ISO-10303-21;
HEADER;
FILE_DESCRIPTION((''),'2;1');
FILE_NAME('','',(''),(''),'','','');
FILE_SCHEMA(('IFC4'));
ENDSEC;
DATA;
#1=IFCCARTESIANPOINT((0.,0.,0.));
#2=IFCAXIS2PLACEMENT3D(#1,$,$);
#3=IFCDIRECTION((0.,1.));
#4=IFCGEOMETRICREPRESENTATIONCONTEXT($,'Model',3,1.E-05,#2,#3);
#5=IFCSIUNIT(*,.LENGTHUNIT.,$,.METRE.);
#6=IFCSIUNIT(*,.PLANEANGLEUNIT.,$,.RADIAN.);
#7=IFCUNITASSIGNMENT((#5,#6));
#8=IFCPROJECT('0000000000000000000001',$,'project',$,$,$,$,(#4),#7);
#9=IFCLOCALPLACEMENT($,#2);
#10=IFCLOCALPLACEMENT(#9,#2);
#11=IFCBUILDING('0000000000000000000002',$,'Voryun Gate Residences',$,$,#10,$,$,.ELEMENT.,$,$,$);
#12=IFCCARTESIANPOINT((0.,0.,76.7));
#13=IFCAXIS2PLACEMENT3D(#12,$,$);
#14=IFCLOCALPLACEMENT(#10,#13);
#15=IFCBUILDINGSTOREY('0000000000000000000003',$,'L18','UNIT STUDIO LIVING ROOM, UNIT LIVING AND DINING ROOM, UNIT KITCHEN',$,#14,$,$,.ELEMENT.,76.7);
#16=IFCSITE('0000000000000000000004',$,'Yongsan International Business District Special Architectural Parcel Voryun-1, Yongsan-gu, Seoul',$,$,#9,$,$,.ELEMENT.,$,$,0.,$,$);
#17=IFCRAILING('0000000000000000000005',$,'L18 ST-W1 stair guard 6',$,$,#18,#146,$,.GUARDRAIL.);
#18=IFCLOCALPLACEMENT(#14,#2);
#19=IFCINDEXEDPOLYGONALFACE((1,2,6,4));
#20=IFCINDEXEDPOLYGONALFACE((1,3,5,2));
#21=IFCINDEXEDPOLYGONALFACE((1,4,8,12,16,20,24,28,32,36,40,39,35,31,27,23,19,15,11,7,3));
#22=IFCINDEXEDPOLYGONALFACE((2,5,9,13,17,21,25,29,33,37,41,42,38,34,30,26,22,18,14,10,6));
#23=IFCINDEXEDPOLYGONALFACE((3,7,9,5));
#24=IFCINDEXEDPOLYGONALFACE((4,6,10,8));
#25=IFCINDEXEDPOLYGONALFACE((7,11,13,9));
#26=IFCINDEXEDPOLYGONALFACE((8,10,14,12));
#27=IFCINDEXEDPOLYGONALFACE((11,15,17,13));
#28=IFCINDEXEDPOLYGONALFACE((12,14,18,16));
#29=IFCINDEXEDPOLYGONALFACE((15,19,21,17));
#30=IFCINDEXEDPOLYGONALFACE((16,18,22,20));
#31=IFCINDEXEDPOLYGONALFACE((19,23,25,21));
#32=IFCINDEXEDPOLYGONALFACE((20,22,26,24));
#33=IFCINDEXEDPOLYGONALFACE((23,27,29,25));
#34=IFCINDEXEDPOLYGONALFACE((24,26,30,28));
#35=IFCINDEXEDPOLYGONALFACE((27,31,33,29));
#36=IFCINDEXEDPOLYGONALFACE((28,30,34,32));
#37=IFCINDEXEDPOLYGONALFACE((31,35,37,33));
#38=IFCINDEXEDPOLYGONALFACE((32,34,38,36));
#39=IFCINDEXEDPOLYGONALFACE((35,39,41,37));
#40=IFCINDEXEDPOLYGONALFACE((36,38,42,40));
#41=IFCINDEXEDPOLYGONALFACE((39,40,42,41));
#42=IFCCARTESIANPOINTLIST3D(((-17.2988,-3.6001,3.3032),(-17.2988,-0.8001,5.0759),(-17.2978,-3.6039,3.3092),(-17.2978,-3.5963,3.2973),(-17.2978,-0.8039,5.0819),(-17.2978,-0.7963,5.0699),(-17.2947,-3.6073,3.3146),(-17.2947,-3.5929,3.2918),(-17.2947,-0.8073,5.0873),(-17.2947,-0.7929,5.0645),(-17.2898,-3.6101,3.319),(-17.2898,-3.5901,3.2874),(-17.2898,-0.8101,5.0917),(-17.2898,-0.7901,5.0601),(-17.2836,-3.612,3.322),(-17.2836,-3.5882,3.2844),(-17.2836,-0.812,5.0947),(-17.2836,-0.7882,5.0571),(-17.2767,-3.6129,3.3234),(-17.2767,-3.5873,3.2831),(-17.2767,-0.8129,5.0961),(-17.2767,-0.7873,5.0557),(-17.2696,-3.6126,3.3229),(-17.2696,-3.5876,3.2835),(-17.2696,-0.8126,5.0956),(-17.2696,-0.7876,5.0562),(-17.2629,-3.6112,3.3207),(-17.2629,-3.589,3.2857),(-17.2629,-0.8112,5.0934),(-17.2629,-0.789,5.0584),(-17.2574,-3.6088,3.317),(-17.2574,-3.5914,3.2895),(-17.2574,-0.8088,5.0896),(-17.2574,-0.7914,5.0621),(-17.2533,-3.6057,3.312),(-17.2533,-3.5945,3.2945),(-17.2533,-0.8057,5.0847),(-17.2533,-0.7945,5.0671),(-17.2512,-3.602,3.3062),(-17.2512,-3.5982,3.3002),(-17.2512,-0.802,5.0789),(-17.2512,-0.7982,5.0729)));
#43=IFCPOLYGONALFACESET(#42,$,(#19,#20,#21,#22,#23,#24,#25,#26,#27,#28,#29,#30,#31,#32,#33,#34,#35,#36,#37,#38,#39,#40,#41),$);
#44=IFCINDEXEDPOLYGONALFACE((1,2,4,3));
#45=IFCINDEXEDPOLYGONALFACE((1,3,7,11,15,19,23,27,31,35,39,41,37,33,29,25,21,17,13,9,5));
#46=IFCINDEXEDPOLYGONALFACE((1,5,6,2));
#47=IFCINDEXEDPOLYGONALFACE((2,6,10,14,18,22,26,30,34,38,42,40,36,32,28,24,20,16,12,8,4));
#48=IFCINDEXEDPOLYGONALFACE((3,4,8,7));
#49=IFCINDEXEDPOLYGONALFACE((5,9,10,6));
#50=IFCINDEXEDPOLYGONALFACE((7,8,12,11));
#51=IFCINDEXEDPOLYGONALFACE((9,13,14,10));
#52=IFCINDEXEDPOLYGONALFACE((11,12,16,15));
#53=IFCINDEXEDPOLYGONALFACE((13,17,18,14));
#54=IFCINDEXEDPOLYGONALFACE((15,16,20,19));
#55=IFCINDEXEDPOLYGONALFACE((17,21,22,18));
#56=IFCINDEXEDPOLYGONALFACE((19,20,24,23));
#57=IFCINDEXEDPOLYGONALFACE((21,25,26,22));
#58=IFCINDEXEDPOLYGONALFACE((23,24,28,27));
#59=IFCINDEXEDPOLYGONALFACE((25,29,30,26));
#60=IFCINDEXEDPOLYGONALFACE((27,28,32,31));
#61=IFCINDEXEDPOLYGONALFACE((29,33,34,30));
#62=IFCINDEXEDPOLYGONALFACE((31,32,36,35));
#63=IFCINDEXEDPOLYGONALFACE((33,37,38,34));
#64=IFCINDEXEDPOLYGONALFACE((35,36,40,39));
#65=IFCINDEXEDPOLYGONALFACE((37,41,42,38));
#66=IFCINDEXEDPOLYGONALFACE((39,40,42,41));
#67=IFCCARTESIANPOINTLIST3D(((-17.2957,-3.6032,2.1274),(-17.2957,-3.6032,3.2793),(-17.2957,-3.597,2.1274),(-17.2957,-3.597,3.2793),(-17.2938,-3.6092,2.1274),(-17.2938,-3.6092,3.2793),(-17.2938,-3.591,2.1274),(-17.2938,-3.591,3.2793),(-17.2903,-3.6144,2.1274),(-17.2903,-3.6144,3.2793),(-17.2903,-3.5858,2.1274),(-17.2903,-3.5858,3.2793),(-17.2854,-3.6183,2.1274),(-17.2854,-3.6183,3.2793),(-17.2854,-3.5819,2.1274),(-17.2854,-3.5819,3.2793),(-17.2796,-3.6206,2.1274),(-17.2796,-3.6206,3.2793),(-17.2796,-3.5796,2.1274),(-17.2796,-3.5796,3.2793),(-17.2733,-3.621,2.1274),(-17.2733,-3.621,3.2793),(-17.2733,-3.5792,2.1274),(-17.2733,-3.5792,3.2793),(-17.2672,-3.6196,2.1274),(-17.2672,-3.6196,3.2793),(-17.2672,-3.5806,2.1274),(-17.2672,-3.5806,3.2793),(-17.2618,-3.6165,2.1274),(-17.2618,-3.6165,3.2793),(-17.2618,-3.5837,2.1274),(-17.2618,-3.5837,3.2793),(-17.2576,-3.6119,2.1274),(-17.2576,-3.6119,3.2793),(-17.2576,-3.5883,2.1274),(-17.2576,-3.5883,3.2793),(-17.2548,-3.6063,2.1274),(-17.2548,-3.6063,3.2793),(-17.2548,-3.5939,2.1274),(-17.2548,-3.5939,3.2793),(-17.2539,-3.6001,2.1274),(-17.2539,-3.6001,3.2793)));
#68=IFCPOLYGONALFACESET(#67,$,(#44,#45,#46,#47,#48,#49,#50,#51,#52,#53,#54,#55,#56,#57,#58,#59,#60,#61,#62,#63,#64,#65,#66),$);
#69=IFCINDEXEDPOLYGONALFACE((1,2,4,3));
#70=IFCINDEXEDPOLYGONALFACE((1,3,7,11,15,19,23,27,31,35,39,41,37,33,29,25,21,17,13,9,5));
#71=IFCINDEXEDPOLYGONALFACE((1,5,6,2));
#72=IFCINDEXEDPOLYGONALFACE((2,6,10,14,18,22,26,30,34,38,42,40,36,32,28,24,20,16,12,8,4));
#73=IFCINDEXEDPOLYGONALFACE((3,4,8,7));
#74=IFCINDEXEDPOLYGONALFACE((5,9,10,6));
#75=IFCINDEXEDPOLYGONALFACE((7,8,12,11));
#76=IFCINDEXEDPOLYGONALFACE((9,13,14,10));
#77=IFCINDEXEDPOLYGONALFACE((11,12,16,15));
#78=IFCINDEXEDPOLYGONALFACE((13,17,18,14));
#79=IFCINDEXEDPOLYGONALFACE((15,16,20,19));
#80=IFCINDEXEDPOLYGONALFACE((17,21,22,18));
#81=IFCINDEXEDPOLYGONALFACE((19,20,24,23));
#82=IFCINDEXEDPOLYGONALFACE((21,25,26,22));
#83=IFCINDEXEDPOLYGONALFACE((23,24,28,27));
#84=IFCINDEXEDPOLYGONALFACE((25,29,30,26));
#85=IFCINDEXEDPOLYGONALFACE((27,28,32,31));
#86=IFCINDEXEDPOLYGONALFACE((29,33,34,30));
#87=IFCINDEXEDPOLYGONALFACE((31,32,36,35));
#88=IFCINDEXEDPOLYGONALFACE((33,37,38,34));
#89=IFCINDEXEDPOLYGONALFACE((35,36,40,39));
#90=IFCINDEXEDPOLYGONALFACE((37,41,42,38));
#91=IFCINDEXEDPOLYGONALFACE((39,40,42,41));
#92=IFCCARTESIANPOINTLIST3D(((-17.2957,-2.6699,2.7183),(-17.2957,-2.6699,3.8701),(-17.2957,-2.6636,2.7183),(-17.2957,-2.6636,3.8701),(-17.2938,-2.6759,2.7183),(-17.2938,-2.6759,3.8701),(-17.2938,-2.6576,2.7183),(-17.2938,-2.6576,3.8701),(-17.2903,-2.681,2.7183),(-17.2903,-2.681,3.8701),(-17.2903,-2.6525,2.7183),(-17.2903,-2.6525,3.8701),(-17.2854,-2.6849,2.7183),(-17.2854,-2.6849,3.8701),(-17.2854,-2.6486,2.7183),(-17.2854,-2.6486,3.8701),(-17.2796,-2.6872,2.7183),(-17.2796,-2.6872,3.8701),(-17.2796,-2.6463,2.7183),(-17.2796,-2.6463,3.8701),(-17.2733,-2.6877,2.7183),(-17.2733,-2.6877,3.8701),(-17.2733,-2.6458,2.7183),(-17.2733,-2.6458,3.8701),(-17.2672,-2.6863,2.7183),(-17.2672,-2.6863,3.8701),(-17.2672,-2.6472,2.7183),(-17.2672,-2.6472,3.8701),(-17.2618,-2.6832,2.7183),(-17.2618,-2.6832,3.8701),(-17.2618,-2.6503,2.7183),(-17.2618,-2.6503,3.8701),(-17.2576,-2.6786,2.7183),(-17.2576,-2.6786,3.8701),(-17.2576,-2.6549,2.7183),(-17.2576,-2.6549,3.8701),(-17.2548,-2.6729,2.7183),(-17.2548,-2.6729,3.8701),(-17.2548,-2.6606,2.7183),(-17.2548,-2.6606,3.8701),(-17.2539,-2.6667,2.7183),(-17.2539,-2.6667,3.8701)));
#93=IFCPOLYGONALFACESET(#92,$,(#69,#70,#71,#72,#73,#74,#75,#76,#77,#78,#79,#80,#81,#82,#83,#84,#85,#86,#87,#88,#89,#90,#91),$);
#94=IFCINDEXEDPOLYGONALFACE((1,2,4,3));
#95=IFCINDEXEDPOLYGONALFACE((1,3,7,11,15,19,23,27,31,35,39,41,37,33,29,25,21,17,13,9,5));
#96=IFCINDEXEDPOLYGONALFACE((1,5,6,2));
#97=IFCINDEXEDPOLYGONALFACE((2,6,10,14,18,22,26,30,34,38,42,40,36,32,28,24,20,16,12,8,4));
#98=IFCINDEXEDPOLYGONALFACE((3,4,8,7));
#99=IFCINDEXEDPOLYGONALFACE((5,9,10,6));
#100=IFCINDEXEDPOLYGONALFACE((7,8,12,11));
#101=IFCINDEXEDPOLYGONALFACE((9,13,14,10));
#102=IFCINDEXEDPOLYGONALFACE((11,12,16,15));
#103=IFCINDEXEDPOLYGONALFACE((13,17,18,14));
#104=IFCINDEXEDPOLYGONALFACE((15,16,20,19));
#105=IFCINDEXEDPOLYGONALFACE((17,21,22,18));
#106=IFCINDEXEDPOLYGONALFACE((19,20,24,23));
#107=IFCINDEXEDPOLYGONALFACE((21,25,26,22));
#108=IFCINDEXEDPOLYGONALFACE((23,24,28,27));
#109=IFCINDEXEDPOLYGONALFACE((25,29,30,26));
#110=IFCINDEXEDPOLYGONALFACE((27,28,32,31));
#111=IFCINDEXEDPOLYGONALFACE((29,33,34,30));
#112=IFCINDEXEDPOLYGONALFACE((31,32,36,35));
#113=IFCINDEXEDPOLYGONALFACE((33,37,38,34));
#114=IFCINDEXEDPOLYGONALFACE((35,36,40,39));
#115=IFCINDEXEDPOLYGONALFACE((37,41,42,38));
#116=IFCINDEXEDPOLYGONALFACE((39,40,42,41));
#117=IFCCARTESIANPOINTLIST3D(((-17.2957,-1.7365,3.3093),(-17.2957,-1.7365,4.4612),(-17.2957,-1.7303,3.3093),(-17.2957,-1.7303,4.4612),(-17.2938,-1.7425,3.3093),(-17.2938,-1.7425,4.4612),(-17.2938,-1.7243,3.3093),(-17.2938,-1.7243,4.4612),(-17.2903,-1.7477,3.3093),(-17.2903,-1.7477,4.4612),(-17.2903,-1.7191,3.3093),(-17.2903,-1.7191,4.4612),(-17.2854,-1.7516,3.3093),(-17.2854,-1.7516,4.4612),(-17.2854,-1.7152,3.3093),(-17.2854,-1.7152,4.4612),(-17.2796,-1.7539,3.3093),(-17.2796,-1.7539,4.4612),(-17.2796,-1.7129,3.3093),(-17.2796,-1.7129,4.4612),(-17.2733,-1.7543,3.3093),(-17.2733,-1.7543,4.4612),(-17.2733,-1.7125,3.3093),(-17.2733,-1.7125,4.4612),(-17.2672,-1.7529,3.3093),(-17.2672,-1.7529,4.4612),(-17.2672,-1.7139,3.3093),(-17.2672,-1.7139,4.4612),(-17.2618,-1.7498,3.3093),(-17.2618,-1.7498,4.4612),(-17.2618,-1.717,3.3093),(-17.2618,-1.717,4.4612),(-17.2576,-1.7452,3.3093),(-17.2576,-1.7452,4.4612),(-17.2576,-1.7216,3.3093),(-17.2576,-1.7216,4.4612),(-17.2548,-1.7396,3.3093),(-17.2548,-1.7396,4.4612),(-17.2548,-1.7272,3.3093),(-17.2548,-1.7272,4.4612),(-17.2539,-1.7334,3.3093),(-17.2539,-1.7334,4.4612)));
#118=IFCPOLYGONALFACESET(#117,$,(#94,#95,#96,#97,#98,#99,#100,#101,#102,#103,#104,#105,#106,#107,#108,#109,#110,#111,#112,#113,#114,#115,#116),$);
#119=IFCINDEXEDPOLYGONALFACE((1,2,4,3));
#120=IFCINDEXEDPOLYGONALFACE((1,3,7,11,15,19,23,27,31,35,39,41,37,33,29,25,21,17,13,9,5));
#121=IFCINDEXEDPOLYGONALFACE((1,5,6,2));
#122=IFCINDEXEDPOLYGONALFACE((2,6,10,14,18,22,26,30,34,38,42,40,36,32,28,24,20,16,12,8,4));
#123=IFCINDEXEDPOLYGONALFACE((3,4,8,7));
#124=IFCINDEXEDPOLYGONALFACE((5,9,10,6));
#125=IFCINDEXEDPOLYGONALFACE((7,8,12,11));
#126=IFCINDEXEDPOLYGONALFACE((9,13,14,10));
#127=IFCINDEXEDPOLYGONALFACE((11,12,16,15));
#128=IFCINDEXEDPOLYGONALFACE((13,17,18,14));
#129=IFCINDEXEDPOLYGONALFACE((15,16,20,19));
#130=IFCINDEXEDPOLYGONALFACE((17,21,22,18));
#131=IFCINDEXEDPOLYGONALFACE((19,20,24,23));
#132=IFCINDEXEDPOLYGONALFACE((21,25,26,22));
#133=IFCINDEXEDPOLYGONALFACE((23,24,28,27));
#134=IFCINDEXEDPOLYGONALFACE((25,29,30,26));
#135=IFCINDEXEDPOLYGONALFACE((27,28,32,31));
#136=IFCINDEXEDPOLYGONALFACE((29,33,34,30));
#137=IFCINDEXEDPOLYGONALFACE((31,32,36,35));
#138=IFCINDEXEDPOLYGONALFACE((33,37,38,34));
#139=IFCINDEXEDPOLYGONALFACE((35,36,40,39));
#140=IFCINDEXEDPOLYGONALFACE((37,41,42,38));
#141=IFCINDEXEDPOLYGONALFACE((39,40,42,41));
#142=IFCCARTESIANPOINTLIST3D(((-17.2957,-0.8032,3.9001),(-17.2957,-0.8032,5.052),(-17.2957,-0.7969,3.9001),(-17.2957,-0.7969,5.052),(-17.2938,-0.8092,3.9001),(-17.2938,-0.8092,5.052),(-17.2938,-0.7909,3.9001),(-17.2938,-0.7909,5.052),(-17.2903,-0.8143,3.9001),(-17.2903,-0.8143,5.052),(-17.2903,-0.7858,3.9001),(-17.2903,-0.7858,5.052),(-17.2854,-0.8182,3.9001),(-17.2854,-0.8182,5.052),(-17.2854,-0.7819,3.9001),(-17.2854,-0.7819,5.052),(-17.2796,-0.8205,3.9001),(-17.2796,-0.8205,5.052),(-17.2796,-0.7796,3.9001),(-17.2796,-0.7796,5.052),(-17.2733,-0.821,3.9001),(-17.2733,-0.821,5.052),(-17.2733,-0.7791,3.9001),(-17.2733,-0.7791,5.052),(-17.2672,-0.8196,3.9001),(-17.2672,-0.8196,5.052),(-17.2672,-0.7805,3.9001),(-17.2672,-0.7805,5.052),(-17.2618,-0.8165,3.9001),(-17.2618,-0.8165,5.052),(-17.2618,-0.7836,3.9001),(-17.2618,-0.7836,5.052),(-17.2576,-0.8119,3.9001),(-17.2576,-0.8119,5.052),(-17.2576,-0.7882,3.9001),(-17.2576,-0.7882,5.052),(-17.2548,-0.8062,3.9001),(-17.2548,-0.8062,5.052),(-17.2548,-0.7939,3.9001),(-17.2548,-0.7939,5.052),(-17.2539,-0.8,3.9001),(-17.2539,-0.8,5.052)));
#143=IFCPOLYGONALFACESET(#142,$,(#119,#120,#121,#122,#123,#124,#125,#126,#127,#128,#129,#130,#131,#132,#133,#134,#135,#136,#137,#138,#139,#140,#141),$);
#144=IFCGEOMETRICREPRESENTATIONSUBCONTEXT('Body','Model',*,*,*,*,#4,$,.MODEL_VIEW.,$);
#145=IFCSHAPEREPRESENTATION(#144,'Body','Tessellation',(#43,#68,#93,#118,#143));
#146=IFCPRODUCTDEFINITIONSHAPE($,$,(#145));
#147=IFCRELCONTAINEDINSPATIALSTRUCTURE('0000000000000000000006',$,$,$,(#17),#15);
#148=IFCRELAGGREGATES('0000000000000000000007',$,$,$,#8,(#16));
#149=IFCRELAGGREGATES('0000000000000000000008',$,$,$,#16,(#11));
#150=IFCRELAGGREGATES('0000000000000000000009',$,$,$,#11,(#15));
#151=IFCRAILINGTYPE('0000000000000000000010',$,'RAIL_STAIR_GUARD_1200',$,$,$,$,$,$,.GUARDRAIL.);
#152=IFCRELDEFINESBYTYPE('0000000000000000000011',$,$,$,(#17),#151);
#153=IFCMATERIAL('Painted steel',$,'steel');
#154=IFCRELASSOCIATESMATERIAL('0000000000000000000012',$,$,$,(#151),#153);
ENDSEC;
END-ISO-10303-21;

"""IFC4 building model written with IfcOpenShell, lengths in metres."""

from ifc_helpers import new_model, si_unit, direction, frame, origin, origin_2d, place, context, subcontext, project, spatial, circle, extrude, material, type_object, element, save


model = new_model("IFC4")

# Units and contexts
model_context = context("Model", 3, precision=1e-05, world=origin(), true_north=direction((0.0, 1.0)))
body_context = subcontext(model_context, "Body", "Model", "MODEL_VIEW")
ifc_project = project(units=[si_unit("LENGTHUNIT", "METRE"), si_unit("PLANEANGLEUNIT", "RADIAN")], contexts=[model_context])

# Site, building, storey
site_placement = place(None, origin())
site = spatial("IfcSite", under=ifc_project, at=site_placement, Name="Yongsan International Business District Special Architectural Parcel Voryun-1, Yongsan-gu, Seoul", CompositionType="ELEMENT", RefElevation=0.0)
building_placement = place(site_placement, origin())
building = spatial("IfcBuilding", under=site, at=building_placement, Name="Voryun Gate Residences", CompositionType="ELEMENT")
storey_placement = place(building_placement, frame((0.0, 0.0, 76.7)))
storey = spatial("IfcBuildingStorey", under=building, at=storey_placement, Name="L18", Description="UNIT STUDIO LIVING ROOM, UNIT LIVING AND DINING ROOM, UNIT KITCHEN", CompositionType="ELEMENT", Elevation=76.7)

# Railing
ifc_material_1 = material(Name="Painted steel", Category="steel")
railing_type_1 = type_object("IfcRailingType", Name="RAIL_STAIR_GUARD_1200", PredefinedType="GUARDRAIL", material=ifc_material_1)
railing_1_placement = place(storey_placement, frame((-17.2749, -3.6001, 2.1274)))
element("IfcRailing", 1, at=railing_1_placement, inside=storey, type_object=railing_type_1, Name="L18 ST-W1 stair guard 6", PredefinedType="GUARDRAIL", context=body_context, shape_type="SweptSolid", body=[
    extrude(circle(Radius=0.0239, at=origin_2d()), frame((0.0, 0.0, 1.1758), z_axis=(0.0, 0.844909, 0.53491), x_axis=(-1.0, 0.0, 0.0)), (0.0, 0.0, 1.0), 3.314),
    extrude(circle(Radius=0.021, at=origin_2d()), origin(), (0.0, 0.0, 1.0), 1.1519),
    extrude(circle(Radius=0.021, at=origin_2d()), frame((0.0, 0.9333, 0.5908)), (0.0, 0.0, 1.0), 1.1519),
    extrude(circle(Radius=0.021, at=origin_2d()), frame((0.0, 1.8667, 1.1819)), (0.0, 0.0, 1.0), 1.1519),
    extrude(circle(Radius=0.021, at=origin_2d()), frame((0.0, 2.8, 1.7727)), (0.0, 0.0, 1.0), 1.1519),
])

save(model, "model.ifc")
